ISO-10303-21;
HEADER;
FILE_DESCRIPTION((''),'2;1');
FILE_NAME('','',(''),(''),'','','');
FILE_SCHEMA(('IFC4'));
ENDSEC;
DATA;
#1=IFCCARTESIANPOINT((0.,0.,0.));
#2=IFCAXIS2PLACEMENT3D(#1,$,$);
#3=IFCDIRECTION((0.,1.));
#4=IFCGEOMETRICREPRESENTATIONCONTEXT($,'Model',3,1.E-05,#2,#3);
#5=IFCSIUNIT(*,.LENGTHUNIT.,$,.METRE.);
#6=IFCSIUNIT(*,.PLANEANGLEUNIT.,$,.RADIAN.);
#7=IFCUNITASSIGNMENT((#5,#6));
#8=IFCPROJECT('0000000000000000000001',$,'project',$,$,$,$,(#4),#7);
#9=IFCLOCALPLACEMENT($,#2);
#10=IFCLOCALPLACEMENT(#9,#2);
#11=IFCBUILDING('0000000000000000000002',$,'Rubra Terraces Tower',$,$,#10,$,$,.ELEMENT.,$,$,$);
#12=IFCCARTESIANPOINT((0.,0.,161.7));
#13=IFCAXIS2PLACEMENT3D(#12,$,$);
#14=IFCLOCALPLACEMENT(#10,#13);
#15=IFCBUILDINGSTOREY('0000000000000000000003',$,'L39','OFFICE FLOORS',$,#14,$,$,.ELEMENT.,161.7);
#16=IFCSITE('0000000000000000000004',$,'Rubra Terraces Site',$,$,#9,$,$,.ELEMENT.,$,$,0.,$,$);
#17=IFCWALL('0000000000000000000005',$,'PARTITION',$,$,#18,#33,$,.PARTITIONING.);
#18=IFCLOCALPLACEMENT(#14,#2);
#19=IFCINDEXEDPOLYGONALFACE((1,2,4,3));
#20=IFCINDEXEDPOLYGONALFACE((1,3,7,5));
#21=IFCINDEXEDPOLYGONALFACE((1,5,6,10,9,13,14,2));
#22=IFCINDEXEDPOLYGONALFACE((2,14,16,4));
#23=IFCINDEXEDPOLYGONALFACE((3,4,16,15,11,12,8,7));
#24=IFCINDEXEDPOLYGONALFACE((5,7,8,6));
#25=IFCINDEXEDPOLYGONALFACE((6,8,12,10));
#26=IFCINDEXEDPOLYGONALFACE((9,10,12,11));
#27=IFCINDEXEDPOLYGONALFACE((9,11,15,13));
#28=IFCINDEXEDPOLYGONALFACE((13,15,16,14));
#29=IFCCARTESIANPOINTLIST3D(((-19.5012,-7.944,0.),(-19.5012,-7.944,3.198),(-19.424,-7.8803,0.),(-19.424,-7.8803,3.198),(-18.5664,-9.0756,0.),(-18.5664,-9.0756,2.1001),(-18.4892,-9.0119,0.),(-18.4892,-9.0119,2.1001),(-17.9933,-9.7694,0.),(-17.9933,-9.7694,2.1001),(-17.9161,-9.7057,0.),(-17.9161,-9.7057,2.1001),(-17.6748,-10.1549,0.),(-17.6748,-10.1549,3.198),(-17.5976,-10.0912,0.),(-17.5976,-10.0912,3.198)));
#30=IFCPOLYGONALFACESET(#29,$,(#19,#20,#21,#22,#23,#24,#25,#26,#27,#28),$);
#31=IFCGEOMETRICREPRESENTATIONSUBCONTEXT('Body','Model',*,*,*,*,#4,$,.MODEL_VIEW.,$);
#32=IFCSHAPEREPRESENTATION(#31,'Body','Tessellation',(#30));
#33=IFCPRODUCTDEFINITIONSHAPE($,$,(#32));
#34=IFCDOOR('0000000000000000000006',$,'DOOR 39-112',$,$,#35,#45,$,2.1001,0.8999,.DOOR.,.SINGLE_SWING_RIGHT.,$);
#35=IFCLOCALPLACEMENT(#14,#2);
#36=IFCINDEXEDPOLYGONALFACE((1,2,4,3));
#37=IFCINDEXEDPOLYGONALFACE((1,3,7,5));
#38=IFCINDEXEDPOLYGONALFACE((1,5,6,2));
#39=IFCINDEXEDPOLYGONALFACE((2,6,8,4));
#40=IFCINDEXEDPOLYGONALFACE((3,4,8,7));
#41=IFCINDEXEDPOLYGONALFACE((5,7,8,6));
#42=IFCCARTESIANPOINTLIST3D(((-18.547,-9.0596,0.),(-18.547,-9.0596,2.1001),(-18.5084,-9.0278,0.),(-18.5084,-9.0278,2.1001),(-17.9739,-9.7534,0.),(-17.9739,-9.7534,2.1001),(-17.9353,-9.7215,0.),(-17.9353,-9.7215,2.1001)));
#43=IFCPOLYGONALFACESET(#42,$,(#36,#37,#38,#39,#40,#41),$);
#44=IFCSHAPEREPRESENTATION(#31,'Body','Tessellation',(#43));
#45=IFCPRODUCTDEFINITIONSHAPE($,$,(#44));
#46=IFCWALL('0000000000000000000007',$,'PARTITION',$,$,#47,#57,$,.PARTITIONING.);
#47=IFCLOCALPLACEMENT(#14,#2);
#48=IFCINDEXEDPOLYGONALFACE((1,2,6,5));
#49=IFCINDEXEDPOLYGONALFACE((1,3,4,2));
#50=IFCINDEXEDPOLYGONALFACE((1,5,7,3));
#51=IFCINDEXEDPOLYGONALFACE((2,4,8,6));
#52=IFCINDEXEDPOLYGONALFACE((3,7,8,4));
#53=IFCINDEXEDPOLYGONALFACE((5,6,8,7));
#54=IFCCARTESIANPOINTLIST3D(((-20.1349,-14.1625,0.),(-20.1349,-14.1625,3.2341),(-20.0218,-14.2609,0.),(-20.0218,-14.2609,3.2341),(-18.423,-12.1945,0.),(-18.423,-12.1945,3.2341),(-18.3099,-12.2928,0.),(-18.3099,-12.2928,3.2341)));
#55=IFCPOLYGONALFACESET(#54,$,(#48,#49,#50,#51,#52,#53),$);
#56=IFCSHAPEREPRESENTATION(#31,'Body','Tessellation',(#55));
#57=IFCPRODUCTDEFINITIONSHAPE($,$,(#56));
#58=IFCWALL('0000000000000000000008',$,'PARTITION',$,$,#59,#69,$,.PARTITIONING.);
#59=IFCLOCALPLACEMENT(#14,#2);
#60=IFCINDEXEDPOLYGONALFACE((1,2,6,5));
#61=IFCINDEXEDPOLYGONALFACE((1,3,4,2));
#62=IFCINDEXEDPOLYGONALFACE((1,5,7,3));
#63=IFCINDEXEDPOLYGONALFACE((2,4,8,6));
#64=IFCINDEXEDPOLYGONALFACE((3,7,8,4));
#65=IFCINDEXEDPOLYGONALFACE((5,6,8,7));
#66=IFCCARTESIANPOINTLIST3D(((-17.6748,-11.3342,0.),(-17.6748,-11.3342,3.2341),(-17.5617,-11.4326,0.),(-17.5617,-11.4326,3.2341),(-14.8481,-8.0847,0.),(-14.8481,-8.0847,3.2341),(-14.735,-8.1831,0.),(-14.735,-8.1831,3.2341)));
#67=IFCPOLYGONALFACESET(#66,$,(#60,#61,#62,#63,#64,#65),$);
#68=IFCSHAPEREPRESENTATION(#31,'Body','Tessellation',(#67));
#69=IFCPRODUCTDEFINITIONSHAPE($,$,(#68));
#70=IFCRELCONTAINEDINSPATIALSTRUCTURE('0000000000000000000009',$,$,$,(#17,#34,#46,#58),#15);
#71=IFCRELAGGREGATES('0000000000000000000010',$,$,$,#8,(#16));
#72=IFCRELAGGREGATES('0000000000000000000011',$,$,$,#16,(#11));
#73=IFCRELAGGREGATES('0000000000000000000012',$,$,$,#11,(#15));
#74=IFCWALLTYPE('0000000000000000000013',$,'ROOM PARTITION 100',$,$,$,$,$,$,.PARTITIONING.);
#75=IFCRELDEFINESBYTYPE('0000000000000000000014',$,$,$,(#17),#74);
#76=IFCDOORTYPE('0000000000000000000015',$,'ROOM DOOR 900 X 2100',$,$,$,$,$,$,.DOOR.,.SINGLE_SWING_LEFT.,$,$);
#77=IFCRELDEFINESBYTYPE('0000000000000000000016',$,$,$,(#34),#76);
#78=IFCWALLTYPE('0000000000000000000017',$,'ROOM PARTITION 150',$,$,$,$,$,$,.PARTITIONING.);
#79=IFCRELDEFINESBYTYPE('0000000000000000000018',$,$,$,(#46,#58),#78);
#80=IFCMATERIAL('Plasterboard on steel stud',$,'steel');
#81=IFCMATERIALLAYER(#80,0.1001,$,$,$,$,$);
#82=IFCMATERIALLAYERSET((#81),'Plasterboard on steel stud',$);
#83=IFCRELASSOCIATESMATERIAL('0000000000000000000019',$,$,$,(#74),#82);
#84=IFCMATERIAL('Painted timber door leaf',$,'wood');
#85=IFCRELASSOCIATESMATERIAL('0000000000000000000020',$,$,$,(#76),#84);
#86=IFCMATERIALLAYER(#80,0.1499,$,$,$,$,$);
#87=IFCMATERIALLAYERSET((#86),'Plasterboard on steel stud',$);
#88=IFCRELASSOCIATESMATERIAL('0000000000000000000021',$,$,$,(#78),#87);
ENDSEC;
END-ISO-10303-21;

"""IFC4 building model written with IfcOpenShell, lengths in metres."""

from ifc_helpers import new_model, si_unit, direction, frame, frame_2d, origin, place, context, subcontext, project, spatial, rectangle, extrude, material, layer, layer_set, type_object, element, fill, save


model = new_model("IFC4")

# Units and contexts
model_context = context("Model", 3, precision=1e-05, world=origin(), true_north=direction((0.0, 1.0)))
body_context = subcontext(model_context, "Body", "Model", "MODEL_VIEW")
ifc_project = project(units=[si_unit("LENGTHUNIT", "METRE"), si_unit("PLANEANGLEUNIT", "RADIAN")], contexts=[model_context])

# Site, building, storey
site_placement = place(None, origin())
site = spatial("IfcSite", under=ifc_project, at=site_placement, Name="Rubra Terraces Site", CompositionType="ELEMENT", RefElevation=0.0)
building_placement = place(site_placement, origin())
building = spatial("IfcBuilding", under=site, at=building_placement, Name="Rubra Terraces Tower", CompositionType="ELEMENT")
storey_placement = place(building_placement, frame((0.0, 0.0, 161.7)))
storey = spatial("IfcBuildingStorey", under=building, at=storey_placement, Name="L39", Description="OFFICE FLOORS", CompositionType="ELEMENT", Elevation=161.7)

# Shared definitions
ifc_material_1 = material(Name="Plasterboard on steel stud", Category="steel")
ifc_layer_1 = layer(ifc_material_1, 0.1001)
ifc_layer_set_1 = layer_set([ifc_layer_1], Name="Plasterboard on steel stud")
wall_type_1 = type_object("IfcWallType", Name="ROOM PARTITION 100", PredefinedType="PARTITIONING", material=ifc_layer_set_1)

# Wall, opening, door
wall_1_placement = place(storey_placement, frame((-17.6362, -10.123, 0.0), z_axis=(0.0, 0.0, 1.0), x_axis=(-0.636879, 0.770964, 0.0)))
wall_1 = element("IfcWall", 1, at=wall_1_placement, inside=storey, type_object=wall_type_1, Name="PARTITION", PredefinedType="PARTITIONING", context=body_context, shape_type="SweptSolid", body=[
    extrude(rectangle(XDim=2.8677, YDim=0.1001, at=frame_2d((1.4338, 0.0))), origin(), (0.0, 0.0, 1.0), 3.198),
])
opening_1_placement = place(wall_1_placement, frame((0.5, 0.0, 0.0)))
opening_1 = element("IfcOpeningElement", 2, at=opening_1_placement, cuts=wall_1, PredefinedType="OPENING", context=body_context, shape_type="SweptSolid", body=[
    extrude(rectangle(XDim=0.8999, YDim=2.1001, at=frame_2d((0.45, 1.05))), frame((0.0, 0.0601, 0.0), z_axis=(0.0, -1.0, 0.0), x_axis=(1.0, 0.0, 0.0)), (0.0, 0.0, 1.0), 0.1201),
])
ifc_material_2 = material(Name="Painted timber door leaf", Category="wood")
door_type = type_object("IfcDoorType", Name="ROOM DOOR 900 X 2100", OperationType="SINGLE_SWING_LEFT", PredefinedType="DOOR", material=ifc_material_2)
door_placement = place(opening_1_placement, origin())
door = element("IfcDoor", 3, at=door_placement, inside=storey, type_object=door_type, Name="DOOR 39-112", OperationType="SINGLE_SWING_RIGHT", OverallHeight=2.1001, OverallWidth=0.8999, PredefinedType="DOOR", context=body_context, shape_type="SweptSolid", body=[
    extrude(rectangle(XDim=0.8999, YDim=2.1001, at=frame_2d((0.45, 1.05))), frame((0.0, 0.0249, 0.0), z_axis=(0.0, -1.0, 0.0), x_axis=(1.0, 0.0, 0.0)), (0.0, 0.0, 1.0), 0.05),
])
fill(opening_1, door)

# Walls
ifc_layer_2 = layer(ifc_material_1, 0.1499)
ifc_layer_set_2 = layer_set([ifc_layer_2], Name="Plasterboard on steel stud")
wall_type_2 = type_object("IfcWallType", Name="ROOM PARTITION 150", PredefinedType="PARTITIONING", material=ifc_layer_set_2)
wall_2_placement = place(storey_placement, frame((-20.0784, -14.2117, 0.0), z_axis=(0.0, 0.0, 1.0), x_axis=(0.656308, 0.754493, 0.0)))
element("IfcWall", 4, at=wall_2_placement, inside=storey, type_object=wall_type_2, Name="PARTITION", PredefinedType="PARTITIONING", context=body_context, shape_type="SweptSolid", body=[
    extrude(rectangle(XDim=2.6084, YDim=0.1499, at=frame_2d((1.3042, 0.0))), origin(), (0.0, 0.0, 1.0), 3.2341),
])
wall_3_placement = place(storey_placement, frame((-17.6182, -11.3833, 0.0), z_axis=(0.0, 0.0, 1.0), x_axis=(0.656311, 0.754491, 0.0)))
element("IfcWall", 5, at=wall_3_placement, inside=storey, type_object=wall_type_2, Name="PARTITION", PredefinedType="PARTITIONING", context=body_context, shape_type="SweptSolid", body=[
    extrude(rectangle(XDim=4.3069, YDim=0.1499, at=frame_2d((2.1533, 0.0))), origin(), (0.0, 0.0, 1.0), 3.2341),
])

save(model, "model.ifc")
